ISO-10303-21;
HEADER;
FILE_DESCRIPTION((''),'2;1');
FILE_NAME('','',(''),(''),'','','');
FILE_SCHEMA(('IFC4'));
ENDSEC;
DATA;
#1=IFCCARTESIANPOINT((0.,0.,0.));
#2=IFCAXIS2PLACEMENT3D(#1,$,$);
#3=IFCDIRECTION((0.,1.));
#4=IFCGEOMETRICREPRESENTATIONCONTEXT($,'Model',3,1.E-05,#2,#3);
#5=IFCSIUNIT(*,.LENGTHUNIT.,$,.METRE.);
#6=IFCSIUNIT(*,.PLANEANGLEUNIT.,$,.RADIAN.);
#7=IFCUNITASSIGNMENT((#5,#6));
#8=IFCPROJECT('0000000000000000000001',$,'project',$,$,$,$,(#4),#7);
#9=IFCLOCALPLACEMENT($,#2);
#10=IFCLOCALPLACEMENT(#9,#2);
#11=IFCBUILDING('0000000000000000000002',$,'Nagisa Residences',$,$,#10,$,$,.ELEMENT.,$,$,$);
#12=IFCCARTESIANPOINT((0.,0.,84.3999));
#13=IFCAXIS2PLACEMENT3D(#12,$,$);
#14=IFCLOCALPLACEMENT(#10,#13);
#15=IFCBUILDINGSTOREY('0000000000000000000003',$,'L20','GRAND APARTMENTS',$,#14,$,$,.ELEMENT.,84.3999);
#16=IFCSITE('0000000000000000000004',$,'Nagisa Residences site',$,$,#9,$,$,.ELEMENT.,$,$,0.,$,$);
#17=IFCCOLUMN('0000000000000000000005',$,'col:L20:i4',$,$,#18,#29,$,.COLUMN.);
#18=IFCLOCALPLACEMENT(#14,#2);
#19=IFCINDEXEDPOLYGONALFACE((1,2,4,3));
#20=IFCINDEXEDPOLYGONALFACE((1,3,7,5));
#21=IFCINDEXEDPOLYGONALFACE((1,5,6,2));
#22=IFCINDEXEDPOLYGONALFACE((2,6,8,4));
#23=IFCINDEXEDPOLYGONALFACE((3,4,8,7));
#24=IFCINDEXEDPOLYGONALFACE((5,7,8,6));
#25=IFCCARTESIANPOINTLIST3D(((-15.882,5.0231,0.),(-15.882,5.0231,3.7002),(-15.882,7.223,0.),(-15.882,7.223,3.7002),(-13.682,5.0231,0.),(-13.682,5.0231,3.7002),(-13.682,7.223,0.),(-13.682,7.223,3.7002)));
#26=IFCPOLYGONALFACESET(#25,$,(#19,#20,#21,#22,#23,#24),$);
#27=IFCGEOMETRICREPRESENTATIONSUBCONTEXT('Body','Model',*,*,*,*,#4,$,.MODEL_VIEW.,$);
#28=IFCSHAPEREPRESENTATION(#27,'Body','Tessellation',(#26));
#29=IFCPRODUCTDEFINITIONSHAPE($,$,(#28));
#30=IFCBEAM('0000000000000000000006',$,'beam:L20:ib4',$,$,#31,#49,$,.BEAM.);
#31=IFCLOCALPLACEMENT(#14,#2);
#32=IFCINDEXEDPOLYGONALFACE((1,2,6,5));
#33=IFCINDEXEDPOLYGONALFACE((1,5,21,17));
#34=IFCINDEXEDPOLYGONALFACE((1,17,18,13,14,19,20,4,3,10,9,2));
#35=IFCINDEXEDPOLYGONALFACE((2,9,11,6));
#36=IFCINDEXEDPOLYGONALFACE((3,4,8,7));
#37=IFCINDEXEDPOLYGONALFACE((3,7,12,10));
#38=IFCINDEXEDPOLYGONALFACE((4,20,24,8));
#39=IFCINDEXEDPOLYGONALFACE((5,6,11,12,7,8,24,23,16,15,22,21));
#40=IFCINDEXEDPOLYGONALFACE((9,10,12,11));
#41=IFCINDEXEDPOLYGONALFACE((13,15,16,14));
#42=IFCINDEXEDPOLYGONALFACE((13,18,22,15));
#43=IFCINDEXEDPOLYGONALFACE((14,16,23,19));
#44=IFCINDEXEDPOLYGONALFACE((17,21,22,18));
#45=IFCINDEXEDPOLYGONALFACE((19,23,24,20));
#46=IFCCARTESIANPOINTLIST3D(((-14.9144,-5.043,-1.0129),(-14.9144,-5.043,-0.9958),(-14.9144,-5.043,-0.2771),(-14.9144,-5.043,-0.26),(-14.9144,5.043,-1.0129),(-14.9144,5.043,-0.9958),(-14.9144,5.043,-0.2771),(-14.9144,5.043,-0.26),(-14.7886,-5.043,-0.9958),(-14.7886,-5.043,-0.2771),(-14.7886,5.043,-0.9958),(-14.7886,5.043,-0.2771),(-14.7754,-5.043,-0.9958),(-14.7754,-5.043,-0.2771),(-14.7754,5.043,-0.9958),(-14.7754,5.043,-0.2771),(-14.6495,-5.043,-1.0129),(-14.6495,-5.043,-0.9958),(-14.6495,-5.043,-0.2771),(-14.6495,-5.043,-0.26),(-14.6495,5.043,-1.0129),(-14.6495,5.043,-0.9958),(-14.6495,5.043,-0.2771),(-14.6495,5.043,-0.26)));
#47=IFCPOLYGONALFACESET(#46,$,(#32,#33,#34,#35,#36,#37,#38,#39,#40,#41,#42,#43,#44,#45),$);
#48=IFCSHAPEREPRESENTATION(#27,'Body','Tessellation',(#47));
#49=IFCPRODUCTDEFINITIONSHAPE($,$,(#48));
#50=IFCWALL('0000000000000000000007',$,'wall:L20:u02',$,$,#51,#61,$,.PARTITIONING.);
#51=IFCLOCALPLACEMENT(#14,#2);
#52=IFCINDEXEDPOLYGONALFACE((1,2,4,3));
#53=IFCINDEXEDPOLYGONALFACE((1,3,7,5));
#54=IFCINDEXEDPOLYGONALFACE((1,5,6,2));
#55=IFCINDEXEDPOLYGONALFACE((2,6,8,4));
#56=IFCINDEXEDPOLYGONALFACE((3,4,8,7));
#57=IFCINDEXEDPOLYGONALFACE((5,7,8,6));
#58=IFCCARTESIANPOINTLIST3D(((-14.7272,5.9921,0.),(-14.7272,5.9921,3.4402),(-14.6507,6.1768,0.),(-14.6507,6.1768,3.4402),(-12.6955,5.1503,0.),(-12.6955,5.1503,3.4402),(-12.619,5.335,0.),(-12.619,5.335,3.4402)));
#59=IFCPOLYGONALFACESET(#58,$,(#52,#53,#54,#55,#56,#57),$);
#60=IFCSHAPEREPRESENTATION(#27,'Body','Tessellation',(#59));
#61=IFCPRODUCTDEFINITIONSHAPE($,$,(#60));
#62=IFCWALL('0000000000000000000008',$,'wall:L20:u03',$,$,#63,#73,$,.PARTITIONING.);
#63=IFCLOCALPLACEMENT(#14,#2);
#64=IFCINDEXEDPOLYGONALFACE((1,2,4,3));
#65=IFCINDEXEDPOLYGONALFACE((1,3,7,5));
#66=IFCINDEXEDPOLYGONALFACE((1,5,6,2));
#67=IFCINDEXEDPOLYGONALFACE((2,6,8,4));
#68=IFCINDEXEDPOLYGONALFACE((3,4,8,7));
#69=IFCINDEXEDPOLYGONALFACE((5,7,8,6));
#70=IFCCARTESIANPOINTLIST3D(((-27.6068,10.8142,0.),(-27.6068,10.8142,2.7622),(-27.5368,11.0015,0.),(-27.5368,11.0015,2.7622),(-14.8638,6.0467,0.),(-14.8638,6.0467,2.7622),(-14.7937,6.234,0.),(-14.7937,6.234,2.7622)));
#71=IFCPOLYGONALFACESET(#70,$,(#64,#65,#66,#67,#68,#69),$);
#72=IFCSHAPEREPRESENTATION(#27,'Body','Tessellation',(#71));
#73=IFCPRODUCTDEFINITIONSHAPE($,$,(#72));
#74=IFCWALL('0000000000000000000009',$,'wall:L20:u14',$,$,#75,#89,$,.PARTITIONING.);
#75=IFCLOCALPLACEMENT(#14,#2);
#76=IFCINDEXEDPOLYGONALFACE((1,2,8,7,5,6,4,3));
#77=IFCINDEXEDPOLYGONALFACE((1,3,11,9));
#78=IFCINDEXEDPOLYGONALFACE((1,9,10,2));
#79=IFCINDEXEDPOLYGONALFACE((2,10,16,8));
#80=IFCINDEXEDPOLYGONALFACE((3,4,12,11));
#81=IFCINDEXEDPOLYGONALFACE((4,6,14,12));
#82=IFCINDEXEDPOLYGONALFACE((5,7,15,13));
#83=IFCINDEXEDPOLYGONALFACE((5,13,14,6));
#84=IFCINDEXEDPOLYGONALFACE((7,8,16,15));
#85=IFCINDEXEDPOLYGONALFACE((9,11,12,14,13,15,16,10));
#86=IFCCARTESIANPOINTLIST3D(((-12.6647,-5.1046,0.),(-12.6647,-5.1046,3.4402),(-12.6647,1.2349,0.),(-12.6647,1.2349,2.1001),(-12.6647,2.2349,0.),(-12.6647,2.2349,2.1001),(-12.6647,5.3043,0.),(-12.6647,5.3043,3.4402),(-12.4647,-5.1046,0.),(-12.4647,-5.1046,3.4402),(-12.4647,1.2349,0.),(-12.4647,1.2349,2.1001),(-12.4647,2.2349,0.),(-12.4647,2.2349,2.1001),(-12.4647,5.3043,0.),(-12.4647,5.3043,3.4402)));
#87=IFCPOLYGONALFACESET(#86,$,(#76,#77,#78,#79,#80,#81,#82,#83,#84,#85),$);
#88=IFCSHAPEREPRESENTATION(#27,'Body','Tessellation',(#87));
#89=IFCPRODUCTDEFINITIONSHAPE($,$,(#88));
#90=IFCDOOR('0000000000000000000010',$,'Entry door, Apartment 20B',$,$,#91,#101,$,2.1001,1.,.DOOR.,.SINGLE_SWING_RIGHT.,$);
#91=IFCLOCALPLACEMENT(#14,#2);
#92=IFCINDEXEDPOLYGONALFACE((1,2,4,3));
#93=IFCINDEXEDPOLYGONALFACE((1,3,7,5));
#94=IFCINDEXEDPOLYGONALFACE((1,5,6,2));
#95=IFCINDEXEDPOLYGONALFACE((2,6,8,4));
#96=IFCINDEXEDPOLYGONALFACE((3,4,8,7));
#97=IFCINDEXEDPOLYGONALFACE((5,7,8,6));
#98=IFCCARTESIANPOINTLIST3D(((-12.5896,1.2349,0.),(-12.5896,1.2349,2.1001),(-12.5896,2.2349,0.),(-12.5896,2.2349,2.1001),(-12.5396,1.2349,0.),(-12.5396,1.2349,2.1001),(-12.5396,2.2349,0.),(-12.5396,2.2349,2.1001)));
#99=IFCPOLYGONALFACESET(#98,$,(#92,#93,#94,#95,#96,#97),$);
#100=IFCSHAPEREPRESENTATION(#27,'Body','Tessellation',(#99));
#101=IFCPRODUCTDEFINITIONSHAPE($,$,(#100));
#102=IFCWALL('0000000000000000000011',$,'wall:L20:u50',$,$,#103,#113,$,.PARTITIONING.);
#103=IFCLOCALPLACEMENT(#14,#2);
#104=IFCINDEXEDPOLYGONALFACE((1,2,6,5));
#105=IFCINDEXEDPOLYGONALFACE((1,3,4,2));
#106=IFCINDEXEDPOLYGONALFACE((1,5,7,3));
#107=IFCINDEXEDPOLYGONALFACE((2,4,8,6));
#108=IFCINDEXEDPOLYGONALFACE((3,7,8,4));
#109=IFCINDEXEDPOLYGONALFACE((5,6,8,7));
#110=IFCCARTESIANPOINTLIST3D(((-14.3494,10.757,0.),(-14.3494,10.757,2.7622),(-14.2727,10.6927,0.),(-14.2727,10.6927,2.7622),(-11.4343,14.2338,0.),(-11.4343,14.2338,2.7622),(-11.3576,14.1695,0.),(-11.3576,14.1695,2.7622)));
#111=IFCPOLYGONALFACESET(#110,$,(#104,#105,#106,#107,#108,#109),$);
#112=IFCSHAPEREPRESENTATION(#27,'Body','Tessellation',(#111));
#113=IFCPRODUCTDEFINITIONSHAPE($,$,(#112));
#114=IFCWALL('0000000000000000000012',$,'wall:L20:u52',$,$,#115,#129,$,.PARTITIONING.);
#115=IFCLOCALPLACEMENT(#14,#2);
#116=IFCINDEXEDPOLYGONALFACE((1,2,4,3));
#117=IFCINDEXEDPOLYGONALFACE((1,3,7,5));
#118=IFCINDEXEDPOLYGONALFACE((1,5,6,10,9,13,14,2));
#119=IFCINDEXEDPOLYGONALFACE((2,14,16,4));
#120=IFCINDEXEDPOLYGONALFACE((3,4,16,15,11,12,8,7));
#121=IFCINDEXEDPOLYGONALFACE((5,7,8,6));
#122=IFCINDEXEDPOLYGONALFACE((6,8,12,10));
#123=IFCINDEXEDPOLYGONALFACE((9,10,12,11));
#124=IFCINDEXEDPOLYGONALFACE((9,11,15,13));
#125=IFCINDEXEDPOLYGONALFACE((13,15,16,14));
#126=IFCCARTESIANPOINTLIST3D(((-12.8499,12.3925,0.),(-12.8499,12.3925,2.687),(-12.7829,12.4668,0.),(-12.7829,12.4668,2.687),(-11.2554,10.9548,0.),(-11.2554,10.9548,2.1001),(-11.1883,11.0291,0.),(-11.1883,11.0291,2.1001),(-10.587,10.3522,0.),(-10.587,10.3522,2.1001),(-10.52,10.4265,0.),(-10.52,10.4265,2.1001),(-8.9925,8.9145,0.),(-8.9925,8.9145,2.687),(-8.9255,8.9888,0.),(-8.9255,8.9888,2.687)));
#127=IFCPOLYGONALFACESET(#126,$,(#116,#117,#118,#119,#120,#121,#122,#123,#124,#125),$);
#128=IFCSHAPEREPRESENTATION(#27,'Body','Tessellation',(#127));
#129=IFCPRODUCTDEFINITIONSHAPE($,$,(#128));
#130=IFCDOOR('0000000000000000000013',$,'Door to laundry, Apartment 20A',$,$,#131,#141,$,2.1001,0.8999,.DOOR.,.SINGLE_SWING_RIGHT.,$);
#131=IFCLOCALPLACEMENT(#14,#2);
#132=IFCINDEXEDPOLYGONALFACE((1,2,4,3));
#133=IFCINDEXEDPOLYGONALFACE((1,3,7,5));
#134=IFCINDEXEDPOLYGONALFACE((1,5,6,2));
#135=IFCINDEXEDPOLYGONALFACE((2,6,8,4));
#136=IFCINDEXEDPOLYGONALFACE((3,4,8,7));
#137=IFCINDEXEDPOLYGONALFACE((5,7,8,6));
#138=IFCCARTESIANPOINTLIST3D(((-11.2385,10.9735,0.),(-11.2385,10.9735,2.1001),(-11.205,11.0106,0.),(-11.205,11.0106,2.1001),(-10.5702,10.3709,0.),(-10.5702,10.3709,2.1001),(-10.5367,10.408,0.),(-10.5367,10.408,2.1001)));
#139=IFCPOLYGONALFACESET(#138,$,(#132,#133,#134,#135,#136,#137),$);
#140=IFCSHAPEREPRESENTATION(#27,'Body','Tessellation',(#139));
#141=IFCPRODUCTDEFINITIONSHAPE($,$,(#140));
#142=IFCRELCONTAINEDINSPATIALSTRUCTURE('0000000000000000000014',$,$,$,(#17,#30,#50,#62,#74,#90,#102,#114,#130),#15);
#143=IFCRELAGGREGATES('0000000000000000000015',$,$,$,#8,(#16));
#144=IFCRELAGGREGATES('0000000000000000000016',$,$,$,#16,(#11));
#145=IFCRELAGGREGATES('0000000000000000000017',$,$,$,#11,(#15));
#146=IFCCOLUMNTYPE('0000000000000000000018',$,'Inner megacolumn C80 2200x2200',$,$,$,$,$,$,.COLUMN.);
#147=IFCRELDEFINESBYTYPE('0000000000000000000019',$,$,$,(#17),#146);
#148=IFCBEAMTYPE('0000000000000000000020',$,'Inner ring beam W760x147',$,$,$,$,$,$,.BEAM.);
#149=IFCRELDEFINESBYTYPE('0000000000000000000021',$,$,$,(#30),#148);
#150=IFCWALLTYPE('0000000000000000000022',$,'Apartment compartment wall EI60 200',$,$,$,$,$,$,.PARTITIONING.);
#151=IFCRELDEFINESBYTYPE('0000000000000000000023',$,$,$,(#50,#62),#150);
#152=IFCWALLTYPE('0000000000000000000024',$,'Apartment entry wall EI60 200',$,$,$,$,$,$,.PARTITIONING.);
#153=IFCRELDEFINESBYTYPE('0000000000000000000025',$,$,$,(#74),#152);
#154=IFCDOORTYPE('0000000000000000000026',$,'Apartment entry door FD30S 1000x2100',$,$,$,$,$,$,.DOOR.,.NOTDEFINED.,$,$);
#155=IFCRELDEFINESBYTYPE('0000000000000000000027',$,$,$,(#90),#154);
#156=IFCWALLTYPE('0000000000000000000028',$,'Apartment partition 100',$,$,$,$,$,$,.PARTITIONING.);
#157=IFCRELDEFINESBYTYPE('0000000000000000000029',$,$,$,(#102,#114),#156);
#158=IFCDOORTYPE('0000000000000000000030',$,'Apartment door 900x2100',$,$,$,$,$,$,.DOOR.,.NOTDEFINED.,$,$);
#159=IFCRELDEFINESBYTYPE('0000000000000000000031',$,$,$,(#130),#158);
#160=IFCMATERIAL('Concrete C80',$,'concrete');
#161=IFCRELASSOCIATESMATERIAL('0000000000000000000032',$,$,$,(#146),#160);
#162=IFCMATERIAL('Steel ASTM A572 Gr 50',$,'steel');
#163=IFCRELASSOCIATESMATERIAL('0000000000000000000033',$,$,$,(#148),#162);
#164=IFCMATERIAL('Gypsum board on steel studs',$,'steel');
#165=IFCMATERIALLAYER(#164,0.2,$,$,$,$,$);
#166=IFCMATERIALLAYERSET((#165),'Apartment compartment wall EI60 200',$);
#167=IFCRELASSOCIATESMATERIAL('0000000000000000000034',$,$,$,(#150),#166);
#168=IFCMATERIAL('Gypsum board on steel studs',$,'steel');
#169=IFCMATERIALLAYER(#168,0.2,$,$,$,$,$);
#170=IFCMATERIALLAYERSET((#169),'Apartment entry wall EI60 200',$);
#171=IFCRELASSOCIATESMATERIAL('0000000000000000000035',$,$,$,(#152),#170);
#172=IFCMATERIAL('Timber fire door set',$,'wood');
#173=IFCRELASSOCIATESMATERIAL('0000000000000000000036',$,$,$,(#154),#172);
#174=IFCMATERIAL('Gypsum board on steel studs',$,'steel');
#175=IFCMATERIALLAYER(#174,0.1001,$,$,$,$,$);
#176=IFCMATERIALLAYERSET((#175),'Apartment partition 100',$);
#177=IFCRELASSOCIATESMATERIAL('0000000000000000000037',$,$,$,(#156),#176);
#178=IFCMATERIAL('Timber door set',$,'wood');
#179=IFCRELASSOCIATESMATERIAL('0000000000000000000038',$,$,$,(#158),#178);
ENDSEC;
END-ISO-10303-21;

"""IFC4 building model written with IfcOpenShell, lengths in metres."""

from ifc_helpers import new_model, si_unit, direction, frame, frame_2d, origin, origin_2d, place, context, subcontext, project, spatial, rectangle, i_section, extrude, material, layer, layer_set, material_profile, profile_set, type_object, element, fill, save


model = new_model("IFC4")

# Units and contexts
model_context = context("Model", 3, precision=1e-05, world=origin(), true_north=direction((0.0, 1.0)))
body_context = subcontext(model_context, "Body", "Model", "MODEL_VIEW")
ifc_project = project(units=[si_unit("LENGTHUNIT", "METRE"), si_unit("PLANEANGLEUNIT", "RADIAN")], contexts=[model_context])

# Site, building, storey
site_placement = place(None, origin())
site = spatial("IfcSite", under=ifc_project, at=site_placement, Name="Nagisa Residences site", CompositionType="ELEMENT", RefElevation=0.0)
building_placement = place(site_placement, origin())
building = spatial("IfcBuilding", under=site, at=building_placement, Name="Nagisa Residences", CompositionType="ELEMENT")
storey_placement = place(building_placement, frame((0.0, 0.0, 84.3999)))
storey = spatial("IfcBuildingStorey", under=building, at=storey_placement, Name="L20", Description="GRAND APARTMENTS", CompositionType="ELEMENT", Elevation=84.3999)

# Column
ifc_material_1 = material(Name="Concrete C80", Category="concrete")
ifc_material_profile_1 = material_profile(ifc_material_1, rectangle(XDim=2.2, YDim=2.2, at=origin_2d()), Name="C80 2200x2200")
ifc_profile_set_1 = profile_set([ifc_material_profile_1], Name="Concrete C80")
column_type = type_object("IfcColumnType", Name="Inner megacolumn C80 2200x2200", PredefinedType="COLUMN", material=ifc_profile_set_1)
column_placement = place(storey_placement, frame((-14.782, 6.123, 0.0), z_axis=(0.0, 0.0, 1.0), x_axis=(1.0, 0.0, 0.0)))
element("IfcColumn", 1, at=column_placement, inside=storey, type_object=column_type, Name="col:L20:i4", PredefinedType="COLUMN", context=body_context, shape_type="SweptSolid", body=[
    extrude(rectangle(XDim=2.2, YDim=2.2, at=origin_2d()), origin(), (0.0, 0.0, 1.0), 3.7002),
])

# Beam
ifc_material_2 = material(Name="Steel ASTM A572 Gr 50", Category="steel")
ifc_material_profile_2 = material_profile(ifc_material_2, i_section(OverallWidth=0.2649, OverallDepth=0.7529, WebThickness=0.0132, FlangeThickness=0.0171, at=origin_2d()), Name="W760x147")
ifc_profile_set_2 = profile_set([ifc_material_profile_2], Name="Steel ASTM A572 Gr 50")
beam_type = type_object("IfcBeamType", Name="Inner ring beam W760x147", PredefinedType="BEAM", material=ifc_profile_set_2)
beam_placement = place(storey_placement, frame((-14.782, 5.043, -0.6365), z_axis=(0.0, -1.0, 0.0), x_axis=(1.0, 0.0, 0.0)))
element("IfcBeam", 2, at=beam_placement, inside=storey, type_object=beam_type, Name="beam:L20:ib4", PredefinedType="BEAM", context=body_context, shape_type="SweptSolid", body=[
    extrude(i_section(OverallWidth=0.2649, OverallDepth=0.7529, WebThickness=0.0132, FlangeThickness=0.0171, at=origin_2d()), origin(), (0.0, 0.0, 1.0), 10.0859),
])

# Walls
ifc_material_3 = material(Name="Gypsum board on steel studs", Category="steel")
ifc_layer_1 = layer(ifc_material_3, 0.2)
ifc_layer_set_1 = layer_set([ifc_layer_1], Name="Apartment compartment wall EI60 200")
wall_type_1 = type_object("IfcWallType", Name="Apartment compartment wall EI60 200", PredefinedType="PARTITIONING", material=ifc_layer_set_1)
wall_1_placement = place(storey_placement, frame((-12.6572, 5.2427, 0.0), z_axis=(0.0, 0.0, 1.0), x_axis=(-0.923844, 0.38277, 0.0)))
element("IfcWall", 3, at=wall_1_placement, inside=storey, type_object=wall_type_1, Name="wall:L20:u02", PredefinedType="PARTITIONING", context=body_context, shape_type="SweptSolid", body=[
    extrude(rectangle(XDim=2.1992, YDim=0.2, at=frame_2d((1.0996, 0.0))), origin(), (0.0, 0.0, 1.0), 3.4402),
])
wall_2_placement = place(storey_placement, frame((-14.8289, 6.1404, 0.0), z_axis=(0.0, 0.0, 1.0), x_axis=(-0.936597, 0.350408, 0.0)))
element("IfcWall", 4, at=wall_2_placement, inside=storey, type_object=wall_type_1, Name="wall:L20:u03", PredefinedType="PARTITIONING", context=body_context, shape_type="SweptSolid", body=[
    extrude(rectangle(XDim=13.6057, YDim=0.2, at=frame_2d((6.8027, 0.0))), origin(), (0.0, 0.0, 1.0), 2.7622),
])

# Wall, opening, door
ifc_material_4 = material(Name="Gypsum board on steel studs", Category="steel")
ifc_layer_2 = layer(ifc_material_4, 0.2)
ifc_layer_set_2 = layer_set([ifc_layer_2], Name="Apartment entry wall EI60 200")
wall_type_2 = type_object("IfcWallType", Name="Apartment entry wall EI60 200", PredefinedType="PARTITIONING", material=ifc_layer_set_2)
wall_3_placement = place(storey_placement, frame((-12.5647, 5.3044, 0.0), z_axis=(0.0, 0.0, 1.0), x_axis=(0.0, -1.0, 0.0)))
wall_3 = element("IfcWall", 5, at=wall_3_placement, inside=storey, type_object=wall_type_2, Name="wall:L20:u14", PredefinedType="PARTITIONING", context=body_context, shape_type="SweptSolid", body=[
    extrude(rectangle(XDim=10.4089, YDim=0.2, at=frame_2d((5.2046, 0.0))), origin(), (0.0, 0.0, 1.0), 3.4402),
])
opening_1_placement = place(wall_3_placement, frame((3.0696, 0.0, 0.0)))
opening_1 = element("IfcOpeningElement", 6, at=opening_1_placement, cuts=wall_3, PredefinedType="OPENING", context=body_context, shape_type="SweptSolid", body=[
    extrude(rectangle(XDim=1.0, YDim=2.1001, at=frame_2d((0.5, 1.05))), frame((0.0, 0.1099, 0.0), z_axis=(0.0, -1.0, 0.0), x_axis=(1.0, 0.0, 0.0)), (0.0, 0.0, 1.0), 0.22),
])
ifc_material_5 = material(Name="Timber fire door set", Category="wood")
door_type_1 = type_object("IfcDoorType", Name="Apartment entry door FD30S 1000x2100", OperationType="NOTDEFINED", PredefinedType="DOOR", material=ifc_material_5)
door_1_placement = place(opening_1_placement, frame((1.0, 0.0, 0.0), x_axis=(-1.0, 0.0, 0.0)))
door_1 = element("IfcDoor", 7, at=door_1_placement, inside=storey, type_object=door_type_1, Name="Entry door, Apartment 20B", OperationType="SINGLE_SWING_RIGHT", OverallHeight=2.1001, OverallWidth=1.0, PredefinedType="DOOR", context=body_context, shape_type="SweptSolid", body=[
    extrude(rectangle(XDim=1.0, YDim=2.1001, at=frame_2d((0.5, 1.05))), frame((0.0, 0.0249, 0.0), z_axis=(0.0, -1.0, 0.0), x_axis=(1.0, 0.0, 0.0)), (0.0, 0.0, 1.0), 0.05),
])
fill(opening_1, door_1)

# Wall
ifc_material_6 = material(Name="Gypsum board on steel studs", Category="steel")
ifc_layer_3 = layer(ifc_material_6, 0.1001)
ifc_layer_set_3 = layer_set([ifc_layer_3], Name="Apartment partition 100")
wall_type_3 = type_object("IfcWallType", Name="Apartment partition 100", PredefinedType="PARTITIONING", material=ifc_layer_set_3)
wall_4_placement = place(storey_placement, frame((-11.396, 14.2017, 0.0), z_axis=(0.0, 0.0, 1.0), x_axis=(-0.642484, -0.766299, 0.0)))
element("IfcWall", 8, at=wall_4_placement, inside=storey, type_object=wall_type_3, Name="wall:L20:u50", PredefinedType="PARTITIONING", context=body_context, shape_type="SweptSolid", body=[
    extrude(rectangle(XDim=4.5371, YDim=0.1001, at=frame_2d((2.2686, 0.0))), origin(), (0.0, 0.0, 1.0), 2.7622),
])

# Wall, opening, door
wall_5_placement = place(storey_placement, frame((-8.959, 8.9517, 0.0), z_axis=(0.0, 0.0, 1.0), x_axis=(-0.742686, 0.66964, 0.0)))
wall_5 = element("IfcWall", 9, at=wall_5_placement, inside=storey, type_object=wall_type_3, Name="wall:L20:u52", PredefinedType="PARTITIONING", context=body_context, shape_type="SweptSolid", body=[
    extrude(rectangle(XDim=5.1938, YDim=0.1001, at=frame_2d((2.5969, 0.0))), origin(), (0.0, 0.0, 1.0), 2.687),
])
opening_2_placement = place(wall_5_placement, frame((2.147, 0.0, 0.0)))
opening_2 = element("IfcOpeningElement", 10, at=opening_2_placement, cuts=wall_5, PredefinedType="OPENING", context=body_context, shape_type="SweptSolid", body=[
    extrude(rectangle(XDim=0.8999, YDim=2.1001, at=frame_2d((0.45, 1.05))), frame((0.0, 0.0601, 0.0), z_axis=(0.0, -1.0, 0.0), x_axis=(1.0, 0.0, 0.0)), (0.0, 0.0, 1.0), 0.1201),
])
ifc_material_7 = material(Name="Timber door set", Category="wood")
door_type_2 = type_object("IfcDoorType", Name="Apartment door 900x2100", OperationType="NOTDEFINED", PredefinedType="DOOR", material=ifc_material_7)
door_2_placement = place(opening_2_placement, origin())
door_2 = element("IfcDoor", 11, at=door_2_placement, inside=storey, type_object=door_type_2, Name="Door to laundry, Apartment 20A", OperationType="SINGLE_SWING_RIGHT", OverallHeight=2.1001, OverallWidth=0.8999, PredefinedType="DOOR", context=body_context, shape_type="SweptSolid", body=[
    extrude(rectangle(XDim=0.8999, YDim=2.1001, at=frame_2d((0.45, 1.05))), frame((0.0, 0.0249, 0.0), z_axis=(0.0, -1.0, 0.0), x_axis=(1.0, 0.0, 0.0)), (0.0, 0.0, 1.0), 0.05),
])
fill(opening_2, door_2)

save(model, "model.ifc")
